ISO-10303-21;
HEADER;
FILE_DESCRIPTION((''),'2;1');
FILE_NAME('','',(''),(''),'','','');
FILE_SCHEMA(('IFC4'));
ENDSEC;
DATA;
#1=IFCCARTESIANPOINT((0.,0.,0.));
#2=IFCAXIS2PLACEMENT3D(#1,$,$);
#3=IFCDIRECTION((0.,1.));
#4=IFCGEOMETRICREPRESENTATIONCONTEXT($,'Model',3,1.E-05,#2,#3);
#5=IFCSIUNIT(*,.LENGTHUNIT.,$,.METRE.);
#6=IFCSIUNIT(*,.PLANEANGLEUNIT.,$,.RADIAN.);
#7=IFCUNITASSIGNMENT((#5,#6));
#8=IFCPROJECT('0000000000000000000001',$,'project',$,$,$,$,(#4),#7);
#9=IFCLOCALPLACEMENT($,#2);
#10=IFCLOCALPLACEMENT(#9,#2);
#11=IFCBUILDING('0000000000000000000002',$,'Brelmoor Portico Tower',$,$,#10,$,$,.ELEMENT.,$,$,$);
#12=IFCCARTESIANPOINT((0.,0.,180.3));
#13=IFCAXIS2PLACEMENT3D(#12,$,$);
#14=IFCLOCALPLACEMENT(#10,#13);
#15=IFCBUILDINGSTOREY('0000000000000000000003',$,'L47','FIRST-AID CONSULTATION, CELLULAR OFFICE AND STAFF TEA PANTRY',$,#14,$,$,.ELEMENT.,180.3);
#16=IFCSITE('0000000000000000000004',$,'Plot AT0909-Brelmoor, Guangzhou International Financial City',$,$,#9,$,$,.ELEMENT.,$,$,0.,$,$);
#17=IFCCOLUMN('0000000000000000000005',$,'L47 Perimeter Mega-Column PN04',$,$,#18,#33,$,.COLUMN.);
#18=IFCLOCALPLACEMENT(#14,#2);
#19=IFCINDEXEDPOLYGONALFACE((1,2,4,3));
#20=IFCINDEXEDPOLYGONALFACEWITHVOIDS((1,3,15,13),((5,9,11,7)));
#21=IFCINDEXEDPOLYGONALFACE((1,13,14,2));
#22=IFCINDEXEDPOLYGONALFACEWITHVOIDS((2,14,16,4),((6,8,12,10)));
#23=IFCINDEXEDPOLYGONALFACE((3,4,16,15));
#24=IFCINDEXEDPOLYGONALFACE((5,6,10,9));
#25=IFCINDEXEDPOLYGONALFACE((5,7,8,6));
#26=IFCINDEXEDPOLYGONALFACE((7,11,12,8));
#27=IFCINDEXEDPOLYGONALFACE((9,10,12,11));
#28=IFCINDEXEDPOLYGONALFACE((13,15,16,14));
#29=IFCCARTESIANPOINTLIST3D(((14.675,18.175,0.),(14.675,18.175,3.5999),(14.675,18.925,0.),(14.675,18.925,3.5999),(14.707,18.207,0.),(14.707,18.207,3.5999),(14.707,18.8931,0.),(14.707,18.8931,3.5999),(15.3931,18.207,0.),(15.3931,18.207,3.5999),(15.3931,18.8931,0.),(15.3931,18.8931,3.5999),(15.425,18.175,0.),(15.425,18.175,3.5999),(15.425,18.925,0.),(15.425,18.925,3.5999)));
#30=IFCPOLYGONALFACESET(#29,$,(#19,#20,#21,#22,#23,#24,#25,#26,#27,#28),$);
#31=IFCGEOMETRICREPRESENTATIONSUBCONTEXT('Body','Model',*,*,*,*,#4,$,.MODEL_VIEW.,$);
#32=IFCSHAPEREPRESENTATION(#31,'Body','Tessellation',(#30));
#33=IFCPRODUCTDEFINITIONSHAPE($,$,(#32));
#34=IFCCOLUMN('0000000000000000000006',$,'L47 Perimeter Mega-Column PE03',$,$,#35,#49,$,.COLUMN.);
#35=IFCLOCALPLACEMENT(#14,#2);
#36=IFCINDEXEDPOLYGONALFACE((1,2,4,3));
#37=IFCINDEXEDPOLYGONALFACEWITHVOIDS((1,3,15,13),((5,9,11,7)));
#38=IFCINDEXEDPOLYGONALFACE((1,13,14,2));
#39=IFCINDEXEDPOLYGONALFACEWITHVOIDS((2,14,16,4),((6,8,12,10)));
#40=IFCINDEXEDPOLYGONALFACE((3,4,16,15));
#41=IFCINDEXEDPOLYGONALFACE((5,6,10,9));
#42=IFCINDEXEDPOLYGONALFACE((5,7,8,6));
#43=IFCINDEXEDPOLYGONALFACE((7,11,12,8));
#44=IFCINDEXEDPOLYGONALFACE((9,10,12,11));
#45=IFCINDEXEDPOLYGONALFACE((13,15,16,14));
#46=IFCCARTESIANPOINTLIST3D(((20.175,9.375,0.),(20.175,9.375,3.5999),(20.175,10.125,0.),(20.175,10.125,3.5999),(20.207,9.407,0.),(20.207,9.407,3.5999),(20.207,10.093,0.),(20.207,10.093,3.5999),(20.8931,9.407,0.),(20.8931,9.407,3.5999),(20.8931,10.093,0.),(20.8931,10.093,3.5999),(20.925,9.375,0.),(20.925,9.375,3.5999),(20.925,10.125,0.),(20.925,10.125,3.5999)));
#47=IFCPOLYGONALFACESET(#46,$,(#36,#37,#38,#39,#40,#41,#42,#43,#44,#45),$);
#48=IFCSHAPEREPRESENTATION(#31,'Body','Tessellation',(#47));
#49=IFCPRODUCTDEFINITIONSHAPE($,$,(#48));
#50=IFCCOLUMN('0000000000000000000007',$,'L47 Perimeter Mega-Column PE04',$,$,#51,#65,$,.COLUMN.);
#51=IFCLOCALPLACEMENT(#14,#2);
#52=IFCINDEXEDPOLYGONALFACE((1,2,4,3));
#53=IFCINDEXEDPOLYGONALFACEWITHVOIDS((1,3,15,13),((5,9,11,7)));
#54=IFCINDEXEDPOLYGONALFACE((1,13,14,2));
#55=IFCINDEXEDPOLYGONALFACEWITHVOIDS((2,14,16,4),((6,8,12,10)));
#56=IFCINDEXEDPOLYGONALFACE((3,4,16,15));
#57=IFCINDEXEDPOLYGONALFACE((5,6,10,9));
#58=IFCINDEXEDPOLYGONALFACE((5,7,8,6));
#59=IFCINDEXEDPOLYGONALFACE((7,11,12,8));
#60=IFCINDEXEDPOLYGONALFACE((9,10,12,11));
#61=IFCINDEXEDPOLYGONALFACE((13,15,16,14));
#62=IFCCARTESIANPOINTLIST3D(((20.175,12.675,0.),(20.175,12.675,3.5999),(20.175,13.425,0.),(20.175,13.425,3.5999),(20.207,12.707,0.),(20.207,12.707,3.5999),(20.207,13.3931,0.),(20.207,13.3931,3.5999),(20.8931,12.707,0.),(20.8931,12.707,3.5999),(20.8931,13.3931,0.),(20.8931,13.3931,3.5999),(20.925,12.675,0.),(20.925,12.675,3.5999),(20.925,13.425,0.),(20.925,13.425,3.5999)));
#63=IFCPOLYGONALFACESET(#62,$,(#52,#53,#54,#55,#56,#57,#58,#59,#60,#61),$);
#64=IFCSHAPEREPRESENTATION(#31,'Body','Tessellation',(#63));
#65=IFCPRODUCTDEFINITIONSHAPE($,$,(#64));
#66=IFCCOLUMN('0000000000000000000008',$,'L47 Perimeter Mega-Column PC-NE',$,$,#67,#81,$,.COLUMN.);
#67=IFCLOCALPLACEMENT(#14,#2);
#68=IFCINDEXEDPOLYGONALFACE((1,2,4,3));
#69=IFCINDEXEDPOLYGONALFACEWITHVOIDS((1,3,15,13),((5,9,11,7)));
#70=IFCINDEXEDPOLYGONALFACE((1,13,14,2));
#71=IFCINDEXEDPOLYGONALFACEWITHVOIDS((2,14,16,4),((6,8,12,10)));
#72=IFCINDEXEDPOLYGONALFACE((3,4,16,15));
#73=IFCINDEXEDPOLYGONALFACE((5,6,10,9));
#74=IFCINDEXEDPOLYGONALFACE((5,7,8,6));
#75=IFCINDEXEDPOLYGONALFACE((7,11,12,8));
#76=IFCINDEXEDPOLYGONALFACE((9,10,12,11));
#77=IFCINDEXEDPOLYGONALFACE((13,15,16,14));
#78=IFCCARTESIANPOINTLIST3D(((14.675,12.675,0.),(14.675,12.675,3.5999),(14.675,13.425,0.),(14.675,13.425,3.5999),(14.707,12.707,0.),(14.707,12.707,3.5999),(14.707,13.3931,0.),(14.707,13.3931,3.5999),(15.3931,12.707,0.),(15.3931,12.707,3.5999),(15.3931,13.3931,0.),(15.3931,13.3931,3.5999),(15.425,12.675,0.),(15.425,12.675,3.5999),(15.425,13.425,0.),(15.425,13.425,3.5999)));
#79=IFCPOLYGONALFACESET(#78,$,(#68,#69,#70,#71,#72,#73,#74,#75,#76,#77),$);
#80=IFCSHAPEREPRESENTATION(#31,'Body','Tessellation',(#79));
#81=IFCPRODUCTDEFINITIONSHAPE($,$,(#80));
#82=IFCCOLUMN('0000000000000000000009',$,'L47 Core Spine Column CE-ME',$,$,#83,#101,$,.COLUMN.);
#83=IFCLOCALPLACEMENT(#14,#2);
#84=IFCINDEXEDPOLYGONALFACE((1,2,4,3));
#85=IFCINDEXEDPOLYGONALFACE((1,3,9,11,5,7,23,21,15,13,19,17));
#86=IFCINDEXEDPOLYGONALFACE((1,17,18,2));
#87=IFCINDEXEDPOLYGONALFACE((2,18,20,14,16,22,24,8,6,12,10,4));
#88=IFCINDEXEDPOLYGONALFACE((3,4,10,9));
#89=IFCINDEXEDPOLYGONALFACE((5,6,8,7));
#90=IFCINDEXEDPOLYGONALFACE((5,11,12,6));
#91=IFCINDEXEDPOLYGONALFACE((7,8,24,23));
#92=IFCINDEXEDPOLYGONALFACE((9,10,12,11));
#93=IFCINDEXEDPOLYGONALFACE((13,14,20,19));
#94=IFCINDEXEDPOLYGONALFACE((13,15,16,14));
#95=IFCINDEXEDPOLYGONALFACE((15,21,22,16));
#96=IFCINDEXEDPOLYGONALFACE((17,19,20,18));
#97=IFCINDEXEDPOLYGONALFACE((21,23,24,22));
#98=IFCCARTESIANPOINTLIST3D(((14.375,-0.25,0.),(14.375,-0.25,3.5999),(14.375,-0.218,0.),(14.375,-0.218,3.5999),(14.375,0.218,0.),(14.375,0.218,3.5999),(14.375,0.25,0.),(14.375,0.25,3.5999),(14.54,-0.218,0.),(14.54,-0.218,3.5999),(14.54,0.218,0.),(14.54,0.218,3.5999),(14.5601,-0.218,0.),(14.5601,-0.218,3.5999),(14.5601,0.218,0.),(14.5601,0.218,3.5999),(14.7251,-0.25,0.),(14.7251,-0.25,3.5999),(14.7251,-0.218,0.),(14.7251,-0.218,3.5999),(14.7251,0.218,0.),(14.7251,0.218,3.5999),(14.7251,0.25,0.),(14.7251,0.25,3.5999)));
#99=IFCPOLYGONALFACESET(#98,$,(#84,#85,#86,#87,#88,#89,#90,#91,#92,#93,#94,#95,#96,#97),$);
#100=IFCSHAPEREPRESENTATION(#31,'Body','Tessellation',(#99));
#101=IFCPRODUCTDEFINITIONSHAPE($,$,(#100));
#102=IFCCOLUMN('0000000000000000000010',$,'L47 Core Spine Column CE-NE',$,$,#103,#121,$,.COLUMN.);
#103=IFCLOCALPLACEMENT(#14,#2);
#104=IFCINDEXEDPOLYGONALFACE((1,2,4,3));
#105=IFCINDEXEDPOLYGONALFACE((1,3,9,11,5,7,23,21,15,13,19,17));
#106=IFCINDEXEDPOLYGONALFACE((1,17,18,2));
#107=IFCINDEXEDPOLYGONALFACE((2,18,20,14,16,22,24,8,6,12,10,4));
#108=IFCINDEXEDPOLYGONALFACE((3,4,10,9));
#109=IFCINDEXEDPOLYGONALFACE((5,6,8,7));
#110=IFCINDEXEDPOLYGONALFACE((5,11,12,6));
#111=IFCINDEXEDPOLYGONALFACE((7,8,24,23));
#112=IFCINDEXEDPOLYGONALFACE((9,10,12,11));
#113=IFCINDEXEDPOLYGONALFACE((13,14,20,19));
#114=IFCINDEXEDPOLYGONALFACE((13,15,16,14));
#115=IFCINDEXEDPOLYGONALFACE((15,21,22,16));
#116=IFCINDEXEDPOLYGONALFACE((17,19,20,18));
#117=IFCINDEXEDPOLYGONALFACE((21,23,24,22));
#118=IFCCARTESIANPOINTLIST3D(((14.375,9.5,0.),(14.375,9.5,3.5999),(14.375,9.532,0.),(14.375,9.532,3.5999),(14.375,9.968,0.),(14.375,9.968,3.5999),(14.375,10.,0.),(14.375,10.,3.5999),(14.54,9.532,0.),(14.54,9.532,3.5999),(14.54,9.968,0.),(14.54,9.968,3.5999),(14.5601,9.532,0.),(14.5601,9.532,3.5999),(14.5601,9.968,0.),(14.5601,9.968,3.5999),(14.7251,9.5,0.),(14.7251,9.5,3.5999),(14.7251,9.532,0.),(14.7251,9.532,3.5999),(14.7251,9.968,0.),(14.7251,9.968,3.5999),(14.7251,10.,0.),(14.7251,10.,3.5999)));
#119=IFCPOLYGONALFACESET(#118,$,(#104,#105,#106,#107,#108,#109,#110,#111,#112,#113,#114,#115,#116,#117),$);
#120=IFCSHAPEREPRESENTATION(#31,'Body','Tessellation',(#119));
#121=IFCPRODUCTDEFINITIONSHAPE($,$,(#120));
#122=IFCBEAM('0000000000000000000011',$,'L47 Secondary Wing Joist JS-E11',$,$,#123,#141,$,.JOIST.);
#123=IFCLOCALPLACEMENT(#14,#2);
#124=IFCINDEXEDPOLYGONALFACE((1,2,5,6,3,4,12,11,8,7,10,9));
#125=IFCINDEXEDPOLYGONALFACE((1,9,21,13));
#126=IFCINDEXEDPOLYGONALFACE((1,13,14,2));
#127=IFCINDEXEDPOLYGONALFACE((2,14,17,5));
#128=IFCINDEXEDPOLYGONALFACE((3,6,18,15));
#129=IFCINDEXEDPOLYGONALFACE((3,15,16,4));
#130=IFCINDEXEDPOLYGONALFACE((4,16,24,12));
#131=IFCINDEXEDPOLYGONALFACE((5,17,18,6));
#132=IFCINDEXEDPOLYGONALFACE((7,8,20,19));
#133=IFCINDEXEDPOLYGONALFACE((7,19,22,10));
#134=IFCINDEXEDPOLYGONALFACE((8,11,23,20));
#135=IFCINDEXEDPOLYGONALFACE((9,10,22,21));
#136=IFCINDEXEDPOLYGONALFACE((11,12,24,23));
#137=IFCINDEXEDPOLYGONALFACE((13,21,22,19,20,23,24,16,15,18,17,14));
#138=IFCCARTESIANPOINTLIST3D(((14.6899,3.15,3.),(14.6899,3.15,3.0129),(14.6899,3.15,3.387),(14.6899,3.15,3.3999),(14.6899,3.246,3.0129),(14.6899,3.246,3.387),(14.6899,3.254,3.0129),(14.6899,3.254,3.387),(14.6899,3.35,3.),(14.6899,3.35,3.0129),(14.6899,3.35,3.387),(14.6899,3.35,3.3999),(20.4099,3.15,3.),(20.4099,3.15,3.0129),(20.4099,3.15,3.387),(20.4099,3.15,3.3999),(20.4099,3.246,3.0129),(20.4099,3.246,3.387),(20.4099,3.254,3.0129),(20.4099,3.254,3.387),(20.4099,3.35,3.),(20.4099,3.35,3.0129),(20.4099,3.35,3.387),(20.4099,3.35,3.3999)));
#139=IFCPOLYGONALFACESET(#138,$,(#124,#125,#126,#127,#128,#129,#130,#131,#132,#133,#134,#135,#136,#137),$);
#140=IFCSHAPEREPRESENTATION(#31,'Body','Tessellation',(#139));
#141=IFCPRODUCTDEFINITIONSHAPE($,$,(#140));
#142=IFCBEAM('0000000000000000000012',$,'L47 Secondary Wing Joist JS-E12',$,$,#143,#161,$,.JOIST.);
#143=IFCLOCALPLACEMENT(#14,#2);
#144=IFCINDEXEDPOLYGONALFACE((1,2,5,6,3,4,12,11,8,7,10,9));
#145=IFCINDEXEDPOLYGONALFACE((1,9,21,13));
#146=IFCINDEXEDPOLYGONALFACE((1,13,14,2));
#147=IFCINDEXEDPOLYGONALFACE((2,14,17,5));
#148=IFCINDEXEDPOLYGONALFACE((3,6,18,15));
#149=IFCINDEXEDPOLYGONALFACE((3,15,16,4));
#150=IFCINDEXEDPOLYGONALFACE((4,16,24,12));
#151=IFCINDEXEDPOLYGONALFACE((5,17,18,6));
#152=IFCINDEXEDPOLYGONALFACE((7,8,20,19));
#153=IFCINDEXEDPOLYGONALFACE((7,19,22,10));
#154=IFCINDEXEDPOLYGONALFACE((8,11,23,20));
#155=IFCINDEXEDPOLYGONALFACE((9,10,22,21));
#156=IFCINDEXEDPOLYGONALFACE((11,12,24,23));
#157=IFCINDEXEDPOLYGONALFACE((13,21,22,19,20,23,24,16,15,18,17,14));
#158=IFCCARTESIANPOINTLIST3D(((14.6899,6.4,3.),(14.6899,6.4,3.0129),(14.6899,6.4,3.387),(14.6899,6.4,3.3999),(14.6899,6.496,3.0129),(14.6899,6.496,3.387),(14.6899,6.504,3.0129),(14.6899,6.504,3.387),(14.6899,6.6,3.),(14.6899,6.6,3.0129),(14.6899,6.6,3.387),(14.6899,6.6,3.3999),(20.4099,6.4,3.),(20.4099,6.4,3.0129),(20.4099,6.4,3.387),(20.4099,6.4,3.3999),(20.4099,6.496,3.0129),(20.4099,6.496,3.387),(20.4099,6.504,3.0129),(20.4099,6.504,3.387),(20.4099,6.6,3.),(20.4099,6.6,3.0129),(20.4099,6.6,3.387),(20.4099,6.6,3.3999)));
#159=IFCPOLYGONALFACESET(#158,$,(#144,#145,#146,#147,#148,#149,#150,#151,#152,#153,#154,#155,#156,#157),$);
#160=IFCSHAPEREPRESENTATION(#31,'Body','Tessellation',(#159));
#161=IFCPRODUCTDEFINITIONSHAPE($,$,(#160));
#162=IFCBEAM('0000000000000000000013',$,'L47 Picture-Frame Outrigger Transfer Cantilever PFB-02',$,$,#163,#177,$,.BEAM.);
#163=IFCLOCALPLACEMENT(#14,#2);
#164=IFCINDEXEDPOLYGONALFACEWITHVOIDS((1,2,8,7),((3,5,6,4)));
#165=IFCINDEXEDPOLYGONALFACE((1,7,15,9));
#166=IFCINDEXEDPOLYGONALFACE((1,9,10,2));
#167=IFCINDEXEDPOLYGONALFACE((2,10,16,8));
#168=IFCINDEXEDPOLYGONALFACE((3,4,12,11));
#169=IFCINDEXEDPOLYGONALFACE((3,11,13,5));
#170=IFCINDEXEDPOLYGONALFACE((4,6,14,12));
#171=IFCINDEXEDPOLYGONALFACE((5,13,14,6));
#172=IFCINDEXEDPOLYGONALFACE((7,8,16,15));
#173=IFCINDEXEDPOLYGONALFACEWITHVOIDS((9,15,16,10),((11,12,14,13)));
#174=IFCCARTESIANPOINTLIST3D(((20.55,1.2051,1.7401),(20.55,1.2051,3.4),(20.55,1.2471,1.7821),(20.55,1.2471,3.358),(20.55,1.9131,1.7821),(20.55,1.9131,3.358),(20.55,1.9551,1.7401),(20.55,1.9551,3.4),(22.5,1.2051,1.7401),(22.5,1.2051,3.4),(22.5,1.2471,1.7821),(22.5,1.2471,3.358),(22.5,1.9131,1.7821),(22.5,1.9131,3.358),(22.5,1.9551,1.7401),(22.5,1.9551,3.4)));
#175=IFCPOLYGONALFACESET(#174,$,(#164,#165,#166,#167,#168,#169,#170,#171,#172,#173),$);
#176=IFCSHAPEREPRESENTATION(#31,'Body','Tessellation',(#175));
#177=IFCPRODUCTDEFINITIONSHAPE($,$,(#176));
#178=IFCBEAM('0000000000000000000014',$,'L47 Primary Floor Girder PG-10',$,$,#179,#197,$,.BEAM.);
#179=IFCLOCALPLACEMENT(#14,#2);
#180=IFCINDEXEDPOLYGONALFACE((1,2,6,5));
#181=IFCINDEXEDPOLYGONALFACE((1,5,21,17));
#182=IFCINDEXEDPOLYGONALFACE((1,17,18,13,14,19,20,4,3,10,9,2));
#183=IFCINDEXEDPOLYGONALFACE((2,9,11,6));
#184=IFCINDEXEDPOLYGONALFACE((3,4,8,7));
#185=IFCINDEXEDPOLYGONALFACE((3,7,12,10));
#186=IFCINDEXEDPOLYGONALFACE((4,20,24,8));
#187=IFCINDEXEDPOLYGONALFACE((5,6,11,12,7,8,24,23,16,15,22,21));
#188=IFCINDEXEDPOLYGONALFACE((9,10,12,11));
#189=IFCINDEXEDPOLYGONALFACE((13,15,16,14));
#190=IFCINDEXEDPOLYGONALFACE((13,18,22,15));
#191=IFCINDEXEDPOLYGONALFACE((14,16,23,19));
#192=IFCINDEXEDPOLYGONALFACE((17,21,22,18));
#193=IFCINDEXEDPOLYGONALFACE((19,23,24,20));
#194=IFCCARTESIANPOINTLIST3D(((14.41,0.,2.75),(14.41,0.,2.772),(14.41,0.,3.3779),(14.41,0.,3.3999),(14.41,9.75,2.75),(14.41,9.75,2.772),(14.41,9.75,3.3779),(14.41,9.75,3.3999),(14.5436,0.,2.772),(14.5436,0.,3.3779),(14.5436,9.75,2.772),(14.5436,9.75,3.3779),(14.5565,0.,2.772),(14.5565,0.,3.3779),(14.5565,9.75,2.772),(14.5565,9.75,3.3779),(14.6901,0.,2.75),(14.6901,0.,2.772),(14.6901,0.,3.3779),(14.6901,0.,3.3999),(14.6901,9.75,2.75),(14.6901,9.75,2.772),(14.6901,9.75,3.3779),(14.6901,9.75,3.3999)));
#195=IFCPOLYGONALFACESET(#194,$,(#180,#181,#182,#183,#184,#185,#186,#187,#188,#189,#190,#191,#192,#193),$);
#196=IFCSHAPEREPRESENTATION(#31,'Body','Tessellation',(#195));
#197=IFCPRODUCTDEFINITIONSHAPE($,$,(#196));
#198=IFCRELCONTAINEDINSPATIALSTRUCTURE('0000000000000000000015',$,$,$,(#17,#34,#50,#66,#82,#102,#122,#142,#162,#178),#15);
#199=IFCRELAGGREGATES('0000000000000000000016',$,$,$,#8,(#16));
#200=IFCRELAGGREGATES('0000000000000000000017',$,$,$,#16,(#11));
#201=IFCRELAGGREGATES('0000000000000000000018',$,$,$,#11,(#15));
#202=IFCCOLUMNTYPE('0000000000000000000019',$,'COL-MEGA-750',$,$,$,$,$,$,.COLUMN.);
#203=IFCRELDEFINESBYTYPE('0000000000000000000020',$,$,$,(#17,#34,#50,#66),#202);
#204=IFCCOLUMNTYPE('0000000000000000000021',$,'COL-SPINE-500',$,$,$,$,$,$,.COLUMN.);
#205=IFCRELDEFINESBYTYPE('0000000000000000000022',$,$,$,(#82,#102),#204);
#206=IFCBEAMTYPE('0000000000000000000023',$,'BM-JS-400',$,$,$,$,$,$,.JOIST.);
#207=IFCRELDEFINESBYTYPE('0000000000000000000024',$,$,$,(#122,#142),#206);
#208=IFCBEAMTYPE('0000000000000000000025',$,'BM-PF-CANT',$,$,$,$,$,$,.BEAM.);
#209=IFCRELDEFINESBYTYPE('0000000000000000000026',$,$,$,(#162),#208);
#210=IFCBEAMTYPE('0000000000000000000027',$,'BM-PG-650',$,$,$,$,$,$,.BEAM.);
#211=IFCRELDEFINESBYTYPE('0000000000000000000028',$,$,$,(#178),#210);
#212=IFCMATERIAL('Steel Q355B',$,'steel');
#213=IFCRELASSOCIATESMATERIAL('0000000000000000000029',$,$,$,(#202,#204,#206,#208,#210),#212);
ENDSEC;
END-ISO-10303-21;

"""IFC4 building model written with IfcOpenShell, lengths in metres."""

from ifc_helpers import new_model, si_unit, direction, frame, origin, origin_2d, place, context, subcontext, project, spatial, hollow_rectangle, i_section, extrude, material, material_profile, profile_set, type_object, element, save


model = new_model("IFC4")

# Units and contexts
model_context = context("Model", 3, precision=1e-05, world=origin(), true_north=direction((0.0, 1.0)))
body_context = subcontext(model_context, "Body", "Model", "MODEL_VIEW")
ifc_project = project(units=[si_unit("LENGTHUNIT", "METRE"), si_unit("PLANEANGLEUNIT", "RADIAN")], contexts=[model_context])

# Site, building, storey
site_placement = place(None, origin())
site = spatial("IfcSite", under=ifc_project, at=site_placement, Name="Plot AT0909-Brelmoor, Guangzhou International Financial City", CompositionType="ELEMENT", RefElevation=0.0)
building_placement = place(site_placement, origin())
building = spatial("IfcBuilding", under=site, at=building_placement, Name="Brelmoor Portico Tower", CompositionType="ELEMENT")
storey_placement = place(building_placement, frame((0.0, 0.0, 180.3)))
storey = spatial("IfcBuildingStorey", under=building, at=storey_placement, Name="L47", Description="FIRST-AID CONSULTATION, CELLULAR OFFICE AND STAFF TEA PANTRY", CompositionType="ELEMENT", Elevation=180.3)

# Columns
ifc_material_1 = material(Name="Steel Q355B", Category="steel")
ifc_material_profile_1 = material_profile(ifc_material_1, hollow_rectangle(XDim=0.75, YDim=0.75, WallThickness=0.032, at=origin_2d()), Name="BOX 750x750x32")
ifc_profile_set_1 = profile_set([ifc_material_profile_1], Name="Steel Q355B")
column_type_1 = type_object("IfcColumnType", Name="COL-MEGA-750", PredefinedType="COLUMN", material=ifc_profile_set_1)
for number, where, z_axis, x_axis, name in (
    (1, (15.05, 18.55, 0.0), (0.0, 0.0, 1.0), (1.0, 0.0, 0.0), "L47 Perimeter Mega-Column PN04"),
    (2, (20.55, 9.75, 0.0), (0.0, 0.0, 1.0), (0.0, 1.0, 0.0), "L47 Perimeter Mega-Column PE03"),
    (3, (20.55, 13.05, 0.0), (0.0, 0.0, 1.0), (0.0, 1.0, 0.0), "L47 Perimeter Mega-Column PE04"),
    (4, (15.05, 13.05, 0.0), (0.0, 0.0, 1.0), (1.0, 0.0, 0.0), "L47 Perimeter Mega-Column PC-NE"),
):
    element("IfcColumn", number, at=place(storey_placement, frame(where, z_axis=z_axis, x_axis=x_axis)), inside=storey, type_object=column_type_1, Name=name, PredefinedType="COLUMN", context=body_context, shape_type="SweptSolid", body=[
        extrude(hollow_rectangle(XDim=0.75, YDim=0.75, WallThickness=0.032, at=origin_2d()), origin(), (0.0, 0.0, 1.0), 3.5999),
    ])
ifc_material_profile_2 = material_profile(ifc_material_1, i_section(OverallWidth=0.3501, OverallDepth=0.5, WebThickness=0.02, FlangeThickness=0.032, at=origin_2d()), Name="HW 500x350x20x32")
ifc_profile_set_2 = profile_set([ifc_material_profile_2], Name="Steel Q355B")
column_type_2 = type_object("IfcColumnType", Name="COL-SPINE-500", PredefinedType="COLUMN", material=ifc_profile_set_2)
for number, where, z_axis, x_axis, name in (
    (5, (14.55, 0.0, 0.0), (0.0, 0.0, 1.0), (1.0, 0.0, 0.0), "L47 Core Spine Column CE-ME"),
    (6, (14.55, 9.75, 0.0), (0.0, 0.0, 1.0), (1.0, 0.0, 0.0), "L47 Core Spine Column CE-NE"),
):
    element("IfcColumn", number, at=place(storey_placement, frame(where, z_axis=z_axis, x_axis=x_axis)), inside=storey, type_object=column_type_2, Name=name, PredefinedType="COLUMN", context=body_context, shape_type="SweptSolid", body=[
        extrude(i_section(OverallWidth=0.3501, OverallDepth=0.5, WebThickness=0.02, FlangeThickness=0.032, at=origin_2d()), origin(), (0.0, 0.0, 1.0), 3.5999),
    ])

# Beams
ifc_material_profile_3 = material_profile(ifc_material_1, i_section(OverallWidth=0.2, OverallDepth=0.3999, WebThickness=0.0081, FlangeThickness=0.0129, at=origin_2d()), Name="HN 400x200x8x13")
ifc_profile_set_3 = profile_set([ifc_material_profile_3], Name="Steel Q355B")
beam_type_1 = type_object("IfcBeamType", Name="BM-JS-400", PredefinedType="JOIST", material=ifc_profile_set_3)
for number, where, z_axis, x_axis, name in (
    (7, (14.6899, 3.25, 3.2), (1.0, 0.0, 0.0), (0.0, 1.0, 0.0), "L47 Secondary Wing Joist JS-E11"),
    (8, (14.6899, 6.5, 3.2), (1.0, 0.0, 0.0), (0.0, 1.0, 0.0), "L47 Secondary Wing Joist JS-E12"),
):
    element("IfcBeam", number, at=place(storey_placement, frame(where, z_axis=z_axis, x_axis=x_axis)), inside=storey, type_object=beam_type_1, Name=name, PredefinedType="JOIST", context=body_context, shape_type="SweptSolid", body=[
        extrude(i_section(OverallWidth=0.2, OverallDepth=0.3999, WebThickness=0.0081, FlangeThickness=0.0129, at=origin_2d()), origin(), (0.0, 0.0, 1.0), 5.72),
    ])
ifc_material_profile_4 = material_profile(ifc_material_1, hollow_rectangle(XDim=0.75, YDim=1.6599, WallThickness=0.042, at=origin_2d()), Name="BOX 750x1660x42")
ifc_profile_set_4 = profile_set([ifc_material_profile_4], Name="Steel Q355B")
beam_type_2 = type_object("IfcBeamType", Name="BM-PF-CANT", PredefinedType="BEAM", material=ifc_profile_set_4)
beam_1_placement = place(storey_placement, frame((20.55, 1.5801, 2.5701), z_axis=(1.0, 0.0, 0.0), x_axis=(0.0, 1.0, 0.0)))
element("IfcBeam", 9, at=beam_1_placement, inside=storey, type_object=beam_type_2, Name="L47 Picture-Frame Outrigger Transfer Cantilever PFB-02", PredefinedType="BEAM", context=body_context, shape_type="SweptSolid", body=[
    extrude(hollow_rectangle(XDim=0.75, YDim=1.6599, WallThickness=0.042, at=origin_2d()), origin(), (0.0, 0.0, 1.0), 1.95),
])
ifc_material_profile_5 = material_profile(ifc_material_1, i_section(OverallWidth=0.28, OverallDepth=0.6499, WebThickness=0.0129, FlangeThickness=0.022, at=origin_2d()), Name="HN 650x280x13x22")
ifc_profile_set_5 = profile_set([ifc_material_profile_5], Name="Steel Q355B")
beam_type_3 = type_object("IfcBeamType", Name="BM-PG-650", PredefinedType="BEAM", material=ifc_profile_set_5)
beam_2_placement = place(storey_placement, frame((14.55, 0.0, 3.075), z_axis=(0.0, 1.0, 0.0), x_axis=(-1.0, 0.0, 0.0)))
element("IfcBeam", 10, at=beam_2_placement, inside=storey, type_object=beam_type_3, Name="L47 Primary Floor Girder PG-10", PredefinedType="BEAM", context=body_context, shape_type="SweptSolid", body=[
    extrude(i_section(OverallWidth=0.28, OverallDepth=0.6499, WebThickness=0.0129, FlangeThickness=0.022, at=origin_2d()), origin(), (0.0, 0.0, 1.0), 9.75),
])

save(model, "model.ifc")
